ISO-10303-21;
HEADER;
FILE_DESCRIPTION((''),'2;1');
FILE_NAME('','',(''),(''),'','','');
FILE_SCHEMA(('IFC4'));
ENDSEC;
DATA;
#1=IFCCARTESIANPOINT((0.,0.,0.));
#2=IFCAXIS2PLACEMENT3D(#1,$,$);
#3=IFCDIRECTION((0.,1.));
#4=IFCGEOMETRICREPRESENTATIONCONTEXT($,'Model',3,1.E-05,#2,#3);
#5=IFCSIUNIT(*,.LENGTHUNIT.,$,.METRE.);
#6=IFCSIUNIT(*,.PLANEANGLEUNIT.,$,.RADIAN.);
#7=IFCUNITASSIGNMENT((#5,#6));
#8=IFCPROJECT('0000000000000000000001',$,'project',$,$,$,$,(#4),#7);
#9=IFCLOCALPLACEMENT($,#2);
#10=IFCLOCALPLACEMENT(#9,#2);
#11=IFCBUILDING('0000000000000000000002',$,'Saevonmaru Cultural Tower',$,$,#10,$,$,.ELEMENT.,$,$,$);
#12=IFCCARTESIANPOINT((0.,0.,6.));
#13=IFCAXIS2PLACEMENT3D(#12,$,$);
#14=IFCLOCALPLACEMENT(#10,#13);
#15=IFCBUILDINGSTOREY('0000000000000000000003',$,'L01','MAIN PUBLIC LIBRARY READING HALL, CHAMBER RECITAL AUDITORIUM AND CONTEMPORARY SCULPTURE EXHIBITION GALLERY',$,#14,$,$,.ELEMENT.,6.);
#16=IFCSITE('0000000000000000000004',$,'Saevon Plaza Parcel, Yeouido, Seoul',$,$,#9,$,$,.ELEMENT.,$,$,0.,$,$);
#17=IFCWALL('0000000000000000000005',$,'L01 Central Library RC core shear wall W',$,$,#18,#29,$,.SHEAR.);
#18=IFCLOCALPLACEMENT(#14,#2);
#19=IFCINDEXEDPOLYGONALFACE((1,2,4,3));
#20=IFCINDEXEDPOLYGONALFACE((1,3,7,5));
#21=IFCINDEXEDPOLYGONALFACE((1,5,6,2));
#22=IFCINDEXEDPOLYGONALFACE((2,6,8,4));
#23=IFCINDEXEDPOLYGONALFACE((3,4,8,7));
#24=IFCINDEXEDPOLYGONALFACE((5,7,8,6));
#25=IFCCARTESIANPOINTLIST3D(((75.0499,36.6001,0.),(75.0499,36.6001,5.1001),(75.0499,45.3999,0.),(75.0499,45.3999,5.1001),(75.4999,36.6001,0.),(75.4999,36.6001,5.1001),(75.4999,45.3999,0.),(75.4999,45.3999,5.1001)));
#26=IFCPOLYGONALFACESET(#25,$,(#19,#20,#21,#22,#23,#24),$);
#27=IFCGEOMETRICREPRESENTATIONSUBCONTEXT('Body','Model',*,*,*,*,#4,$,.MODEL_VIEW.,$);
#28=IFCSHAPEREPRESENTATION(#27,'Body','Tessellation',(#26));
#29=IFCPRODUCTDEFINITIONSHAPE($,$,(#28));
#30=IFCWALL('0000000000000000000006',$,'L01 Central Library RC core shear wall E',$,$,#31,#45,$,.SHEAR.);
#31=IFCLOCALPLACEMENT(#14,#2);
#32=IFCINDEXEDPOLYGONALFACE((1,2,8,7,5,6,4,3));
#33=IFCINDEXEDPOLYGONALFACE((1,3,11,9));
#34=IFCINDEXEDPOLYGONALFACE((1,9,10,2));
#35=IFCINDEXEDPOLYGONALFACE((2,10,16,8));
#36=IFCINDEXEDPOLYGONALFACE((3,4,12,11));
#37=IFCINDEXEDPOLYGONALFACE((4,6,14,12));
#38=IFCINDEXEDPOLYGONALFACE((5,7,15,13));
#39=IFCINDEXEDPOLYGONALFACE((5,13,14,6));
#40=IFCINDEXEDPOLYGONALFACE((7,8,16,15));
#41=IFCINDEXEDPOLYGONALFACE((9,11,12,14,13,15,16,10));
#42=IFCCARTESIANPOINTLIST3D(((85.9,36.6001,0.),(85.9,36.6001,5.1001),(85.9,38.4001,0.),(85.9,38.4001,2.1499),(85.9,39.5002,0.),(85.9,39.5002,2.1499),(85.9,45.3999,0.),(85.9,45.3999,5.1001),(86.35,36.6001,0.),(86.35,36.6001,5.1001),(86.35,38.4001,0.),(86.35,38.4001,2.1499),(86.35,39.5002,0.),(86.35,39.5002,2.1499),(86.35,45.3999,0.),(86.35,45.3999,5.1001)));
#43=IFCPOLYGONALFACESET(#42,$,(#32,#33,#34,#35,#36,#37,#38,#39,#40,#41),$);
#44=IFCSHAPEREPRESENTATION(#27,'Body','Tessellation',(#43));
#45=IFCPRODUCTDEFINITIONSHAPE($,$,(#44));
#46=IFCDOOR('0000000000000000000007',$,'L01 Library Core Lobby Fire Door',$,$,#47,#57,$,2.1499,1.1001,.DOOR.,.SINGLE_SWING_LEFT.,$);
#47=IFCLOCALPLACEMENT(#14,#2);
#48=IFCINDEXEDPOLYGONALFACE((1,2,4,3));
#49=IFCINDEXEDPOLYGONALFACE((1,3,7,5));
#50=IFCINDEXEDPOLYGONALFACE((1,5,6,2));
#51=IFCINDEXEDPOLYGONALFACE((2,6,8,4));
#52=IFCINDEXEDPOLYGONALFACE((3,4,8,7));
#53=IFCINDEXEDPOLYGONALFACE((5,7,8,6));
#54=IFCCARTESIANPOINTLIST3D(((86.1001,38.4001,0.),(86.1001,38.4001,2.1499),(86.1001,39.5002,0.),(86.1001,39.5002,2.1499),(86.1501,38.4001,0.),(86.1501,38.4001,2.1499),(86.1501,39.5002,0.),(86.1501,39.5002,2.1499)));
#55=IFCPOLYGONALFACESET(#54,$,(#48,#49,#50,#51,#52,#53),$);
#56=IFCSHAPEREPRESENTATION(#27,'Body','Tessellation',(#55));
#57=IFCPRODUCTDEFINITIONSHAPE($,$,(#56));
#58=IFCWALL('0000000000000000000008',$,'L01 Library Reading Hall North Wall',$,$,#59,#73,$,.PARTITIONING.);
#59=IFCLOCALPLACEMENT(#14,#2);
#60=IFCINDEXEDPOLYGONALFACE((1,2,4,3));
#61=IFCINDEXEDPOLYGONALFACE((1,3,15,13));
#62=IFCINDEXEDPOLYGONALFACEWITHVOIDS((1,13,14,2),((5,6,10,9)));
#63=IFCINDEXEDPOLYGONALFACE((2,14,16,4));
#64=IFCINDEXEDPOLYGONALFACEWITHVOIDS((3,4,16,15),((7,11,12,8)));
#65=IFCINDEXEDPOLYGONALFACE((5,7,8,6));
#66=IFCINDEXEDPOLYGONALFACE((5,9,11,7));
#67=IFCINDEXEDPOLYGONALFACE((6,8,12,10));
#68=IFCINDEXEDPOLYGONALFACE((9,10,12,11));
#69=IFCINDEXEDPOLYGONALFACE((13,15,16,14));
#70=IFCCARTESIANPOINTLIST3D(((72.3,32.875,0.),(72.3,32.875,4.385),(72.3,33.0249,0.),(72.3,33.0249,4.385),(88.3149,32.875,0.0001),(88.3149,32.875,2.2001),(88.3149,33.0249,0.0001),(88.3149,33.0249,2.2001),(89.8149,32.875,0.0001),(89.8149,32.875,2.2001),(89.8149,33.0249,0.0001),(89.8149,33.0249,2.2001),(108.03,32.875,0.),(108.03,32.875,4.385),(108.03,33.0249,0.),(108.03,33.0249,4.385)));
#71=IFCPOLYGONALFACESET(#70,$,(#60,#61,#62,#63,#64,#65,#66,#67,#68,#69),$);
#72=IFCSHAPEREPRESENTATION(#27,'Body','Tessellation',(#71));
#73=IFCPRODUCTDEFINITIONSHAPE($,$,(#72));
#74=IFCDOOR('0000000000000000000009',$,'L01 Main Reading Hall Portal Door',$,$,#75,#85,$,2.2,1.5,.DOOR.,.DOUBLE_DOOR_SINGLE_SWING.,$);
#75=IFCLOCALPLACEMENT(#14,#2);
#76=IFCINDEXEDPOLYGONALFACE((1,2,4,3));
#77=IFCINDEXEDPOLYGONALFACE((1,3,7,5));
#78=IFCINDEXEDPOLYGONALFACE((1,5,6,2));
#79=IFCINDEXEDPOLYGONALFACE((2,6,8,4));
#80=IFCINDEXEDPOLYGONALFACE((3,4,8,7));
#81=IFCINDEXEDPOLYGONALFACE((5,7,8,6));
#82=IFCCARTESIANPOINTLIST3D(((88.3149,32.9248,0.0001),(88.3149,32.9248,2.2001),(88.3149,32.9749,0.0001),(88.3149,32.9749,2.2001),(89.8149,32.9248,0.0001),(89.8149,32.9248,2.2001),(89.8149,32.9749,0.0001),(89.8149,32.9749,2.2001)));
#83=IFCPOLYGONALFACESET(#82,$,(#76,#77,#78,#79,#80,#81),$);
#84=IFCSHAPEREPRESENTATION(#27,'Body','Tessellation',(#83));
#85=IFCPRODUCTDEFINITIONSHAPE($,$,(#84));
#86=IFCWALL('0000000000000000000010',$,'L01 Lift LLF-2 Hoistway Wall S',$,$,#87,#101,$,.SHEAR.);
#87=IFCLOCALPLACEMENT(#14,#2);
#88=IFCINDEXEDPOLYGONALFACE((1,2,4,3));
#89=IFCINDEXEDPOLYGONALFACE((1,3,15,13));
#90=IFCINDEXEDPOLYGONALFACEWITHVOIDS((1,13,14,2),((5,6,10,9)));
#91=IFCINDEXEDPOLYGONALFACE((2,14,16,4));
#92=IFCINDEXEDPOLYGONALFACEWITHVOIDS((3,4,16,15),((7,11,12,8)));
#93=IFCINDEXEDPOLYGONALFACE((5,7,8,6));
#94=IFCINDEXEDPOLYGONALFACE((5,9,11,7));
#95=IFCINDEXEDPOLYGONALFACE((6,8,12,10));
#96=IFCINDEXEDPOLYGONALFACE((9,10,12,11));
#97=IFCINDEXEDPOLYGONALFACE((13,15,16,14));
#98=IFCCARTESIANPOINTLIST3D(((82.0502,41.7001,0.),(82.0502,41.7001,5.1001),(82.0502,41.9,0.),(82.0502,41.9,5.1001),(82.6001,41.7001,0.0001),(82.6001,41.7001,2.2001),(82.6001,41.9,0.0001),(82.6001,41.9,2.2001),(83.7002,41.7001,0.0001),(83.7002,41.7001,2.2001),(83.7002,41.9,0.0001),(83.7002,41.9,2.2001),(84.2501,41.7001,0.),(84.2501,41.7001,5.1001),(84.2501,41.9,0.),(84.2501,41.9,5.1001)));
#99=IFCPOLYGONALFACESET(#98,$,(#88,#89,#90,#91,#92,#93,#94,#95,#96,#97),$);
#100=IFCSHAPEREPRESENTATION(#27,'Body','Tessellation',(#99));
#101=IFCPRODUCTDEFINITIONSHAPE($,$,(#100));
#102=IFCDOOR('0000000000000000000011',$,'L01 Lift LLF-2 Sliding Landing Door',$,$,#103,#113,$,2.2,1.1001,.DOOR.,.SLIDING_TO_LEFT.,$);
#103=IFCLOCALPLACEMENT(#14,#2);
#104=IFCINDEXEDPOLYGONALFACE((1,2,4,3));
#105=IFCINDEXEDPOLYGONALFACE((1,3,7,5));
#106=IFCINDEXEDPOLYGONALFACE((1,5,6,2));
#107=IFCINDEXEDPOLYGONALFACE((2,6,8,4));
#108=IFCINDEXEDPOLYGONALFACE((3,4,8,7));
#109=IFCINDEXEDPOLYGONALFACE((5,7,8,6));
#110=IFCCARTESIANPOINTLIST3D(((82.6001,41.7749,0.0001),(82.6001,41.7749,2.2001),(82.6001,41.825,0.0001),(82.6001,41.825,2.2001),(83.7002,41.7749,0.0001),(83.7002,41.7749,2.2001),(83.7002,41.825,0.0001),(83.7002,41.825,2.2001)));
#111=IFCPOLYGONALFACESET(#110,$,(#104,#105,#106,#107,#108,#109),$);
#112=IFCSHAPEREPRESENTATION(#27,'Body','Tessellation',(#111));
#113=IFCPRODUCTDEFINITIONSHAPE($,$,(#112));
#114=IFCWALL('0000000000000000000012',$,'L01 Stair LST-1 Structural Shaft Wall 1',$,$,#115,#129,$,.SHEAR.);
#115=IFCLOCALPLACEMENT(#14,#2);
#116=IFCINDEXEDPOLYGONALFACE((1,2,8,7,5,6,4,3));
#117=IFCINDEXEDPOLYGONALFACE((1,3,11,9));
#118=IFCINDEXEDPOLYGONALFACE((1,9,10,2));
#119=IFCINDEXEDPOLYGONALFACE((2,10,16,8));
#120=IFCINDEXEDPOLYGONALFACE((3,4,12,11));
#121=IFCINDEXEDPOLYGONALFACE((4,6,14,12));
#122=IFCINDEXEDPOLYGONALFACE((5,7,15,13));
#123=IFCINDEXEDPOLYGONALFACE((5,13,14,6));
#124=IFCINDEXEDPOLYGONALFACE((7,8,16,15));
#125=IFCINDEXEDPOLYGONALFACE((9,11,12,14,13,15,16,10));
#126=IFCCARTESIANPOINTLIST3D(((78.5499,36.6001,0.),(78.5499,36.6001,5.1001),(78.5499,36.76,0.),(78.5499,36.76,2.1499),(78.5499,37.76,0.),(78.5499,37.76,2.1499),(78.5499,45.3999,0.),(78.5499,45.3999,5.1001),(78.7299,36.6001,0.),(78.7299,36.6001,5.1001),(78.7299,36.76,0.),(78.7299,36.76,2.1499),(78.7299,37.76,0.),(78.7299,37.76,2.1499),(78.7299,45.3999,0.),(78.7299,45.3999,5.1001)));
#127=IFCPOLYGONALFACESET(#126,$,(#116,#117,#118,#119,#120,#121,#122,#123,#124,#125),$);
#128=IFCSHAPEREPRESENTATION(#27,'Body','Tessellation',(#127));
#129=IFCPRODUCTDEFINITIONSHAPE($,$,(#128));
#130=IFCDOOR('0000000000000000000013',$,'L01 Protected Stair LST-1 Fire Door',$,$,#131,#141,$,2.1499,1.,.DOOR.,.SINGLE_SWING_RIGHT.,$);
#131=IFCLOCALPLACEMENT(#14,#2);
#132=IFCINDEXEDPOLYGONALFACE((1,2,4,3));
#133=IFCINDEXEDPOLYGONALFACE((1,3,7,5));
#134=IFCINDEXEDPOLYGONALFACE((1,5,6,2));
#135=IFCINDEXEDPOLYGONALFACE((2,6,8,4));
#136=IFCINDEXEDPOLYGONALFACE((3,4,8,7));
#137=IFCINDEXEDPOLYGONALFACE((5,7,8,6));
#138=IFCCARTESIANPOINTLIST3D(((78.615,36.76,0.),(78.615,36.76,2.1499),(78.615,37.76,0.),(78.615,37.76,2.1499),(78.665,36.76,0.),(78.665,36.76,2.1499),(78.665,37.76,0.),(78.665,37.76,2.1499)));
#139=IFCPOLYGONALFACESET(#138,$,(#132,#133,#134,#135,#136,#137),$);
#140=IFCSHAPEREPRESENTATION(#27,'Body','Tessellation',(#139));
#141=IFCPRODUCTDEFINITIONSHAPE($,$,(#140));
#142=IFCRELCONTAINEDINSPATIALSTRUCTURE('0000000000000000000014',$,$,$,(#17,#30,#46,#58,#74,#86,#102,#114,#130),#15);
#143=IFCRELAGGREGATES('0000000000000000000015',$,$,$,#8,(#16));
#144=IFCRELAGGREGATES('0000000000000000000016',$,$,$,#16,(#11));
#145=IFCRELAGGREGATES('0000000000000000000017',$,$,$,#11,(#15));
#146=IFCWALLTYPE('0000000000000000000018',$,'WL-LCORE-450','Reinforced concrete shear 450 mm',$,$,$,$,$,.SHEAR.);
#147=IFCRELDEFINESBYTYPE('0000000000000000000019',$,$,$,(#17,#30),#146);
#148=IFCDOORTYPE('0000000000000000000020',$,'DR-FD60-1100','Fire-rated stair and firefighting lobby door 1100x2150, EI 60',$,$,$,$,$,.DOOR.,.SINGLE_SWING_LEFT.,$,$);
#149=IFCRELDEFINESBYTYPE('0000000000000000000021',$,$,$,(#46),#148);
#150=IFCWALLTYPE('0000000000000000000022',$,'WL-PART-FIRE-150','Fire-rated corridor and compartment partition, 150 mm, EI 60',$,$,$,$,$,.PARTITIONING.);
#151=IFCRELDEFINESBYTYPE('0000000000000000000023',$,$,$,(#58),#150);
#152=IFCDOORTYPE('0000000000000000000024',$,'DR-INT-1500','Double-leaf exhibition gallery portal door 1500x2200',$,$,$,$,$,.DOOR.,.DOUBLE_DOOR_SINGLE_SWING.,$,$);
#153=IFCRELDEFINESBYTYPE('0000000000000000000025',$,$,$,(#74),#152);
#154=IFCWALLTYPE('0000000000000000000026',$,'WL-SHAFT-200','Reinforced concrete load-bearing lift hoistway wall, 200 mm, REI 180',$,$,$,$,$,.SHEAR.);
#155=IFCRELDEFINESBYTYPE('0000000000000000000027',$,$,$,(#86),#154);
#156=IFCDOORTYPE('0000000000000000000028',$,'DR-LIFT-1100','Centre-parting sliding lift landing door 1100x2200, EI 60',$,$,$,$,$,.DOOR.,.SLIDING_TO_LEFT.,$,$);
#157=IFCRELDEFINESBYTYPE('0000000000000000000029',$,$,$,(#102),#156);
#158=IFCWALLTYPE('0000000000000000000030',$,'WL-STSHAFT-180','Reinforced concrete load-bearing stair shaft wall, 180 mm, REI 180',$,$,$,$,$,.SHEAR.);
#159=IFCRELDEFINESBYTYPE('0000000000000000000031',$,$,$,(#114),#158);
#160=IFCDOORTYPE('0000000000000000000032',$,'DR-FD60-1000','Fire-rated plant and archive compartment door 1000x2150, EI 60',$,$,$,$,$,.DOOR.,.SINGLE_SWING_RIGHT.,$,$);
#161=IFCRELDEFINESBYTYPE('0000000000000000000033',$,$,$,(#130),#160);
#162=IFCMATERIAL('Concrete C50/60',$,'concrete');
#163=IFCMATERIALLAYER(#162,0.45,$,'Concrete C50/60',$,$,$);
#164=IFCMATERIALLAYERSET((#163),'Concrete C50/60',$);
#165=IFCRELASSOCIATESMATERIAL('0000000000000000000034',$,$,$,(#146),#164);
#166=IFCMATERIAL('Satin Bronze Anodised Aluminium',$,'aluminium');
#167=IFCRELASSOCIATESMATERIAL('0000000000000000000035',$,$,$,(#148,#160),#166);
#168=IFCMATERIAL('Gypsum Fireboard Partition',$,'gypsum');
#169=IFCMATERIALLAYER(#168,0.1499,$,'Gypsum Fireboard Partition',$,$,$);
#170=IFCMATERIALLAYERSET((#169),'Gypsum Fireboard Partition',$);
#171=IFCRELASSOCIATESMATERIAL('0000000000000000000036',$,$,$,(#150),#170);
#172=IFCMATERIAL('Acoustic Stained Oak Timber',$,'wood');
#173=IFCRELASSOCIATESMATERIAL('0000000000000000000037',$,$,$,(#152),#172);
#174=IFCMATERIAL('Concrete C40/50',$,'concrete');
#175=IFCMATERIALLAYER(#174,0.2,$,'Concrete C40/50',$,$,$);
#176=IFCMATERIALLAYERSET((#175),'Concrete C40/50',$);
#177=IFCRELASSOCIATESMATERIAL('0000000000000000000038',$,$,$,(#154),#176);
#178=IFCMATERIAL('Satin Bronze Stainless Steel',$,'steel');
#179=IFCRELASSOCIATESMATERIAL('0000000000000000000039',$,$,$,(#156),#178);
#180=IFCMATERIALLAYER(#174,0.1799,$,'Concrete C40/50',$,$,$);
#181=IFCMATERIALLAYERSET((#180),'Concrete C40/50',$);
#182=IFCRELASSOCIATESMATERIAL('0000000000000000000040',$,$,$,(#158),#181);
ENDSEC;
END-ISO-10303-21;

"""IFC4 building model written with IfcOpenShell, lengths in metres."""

from ifc_helpers import new_model, si_unit, direction, frame, frame_2d, origin, place, context, subcontext, project, spatial, rectangle, extrude, material, layer, layer_set, type_object, element, fill, save


model = new_model("IFC4")

# Units and contexts
model_context = context("Model", 3, precision=1e-05, world=origin(), true_north=direction((0.0, 1.0)))
body_context = subcontext(model_context, "Body", "Model", "MODEL_VIEW")
ifc_project = project(units=[si_unit("LENGTHUNIT", "METRE"), si_unit("PLANEANGLEUNIT", "RADIAN")], contexts=[model_context])

# Site, building, storey
site_placement = place(None, origin())
site = spatial("IfcSite", under=ifc_project, at=site_placement, Name="Saevon Plaza Parcel, Yeouido, Seoul", CompositionType="ELEMENT", RefElevation=0.0)
building_placement = place(site_placement, origin())
building = spatial("IfcBuilding", under=site, at=building_placement, Name="Saevonmaru Cultural Tower", CompositionType="ELEMENT")
storey_placement = place(building_placement, frame((0.0, 0.0, 6.0)))
storey = spatial("IfcBuildingStorey", under=building, at=storey_placement, Name="L01", Description="MAIN PUBLIC LIBRARY READING HALL, CHAMBER RECITAL AUDITORIUM AND CONTEMPORARY SCULPTURE EXHIBITION GALLERY", CompositionType="ELEMENT", Elevation=6.0)

# Shared definitions
ifc_material_1 = material(Name="Satin Bronze Anodised Aluminium", Category="aluminium")

# Shared definitions
ifc_material_2 = material(Name="Gypsum Fireboard Partition", Category="gypsum")

# Wall
ifc_material_3 = material(Name="Concrete C50/60", Category="concrete")
ifc_layer_1 = layer(ifc_material_3, 0.45, Name="Concrete C50/60")
ifc_layer_set_1 = layer_set([ifc_layer_1], Name="Concrete C50/60")
wall_type_1 = type_object("IfcWallType", Name="WL-LCORE-450", Description="Reinforced concrete shear 450 mm", PredefinedType="SHEAR", material=ifc_layer_set_1)
wall_1_placement = place(storey_placement, frame((75.2749, 36.6001, 0.0), z_axis=(0.0, 0.0, 1.0), x_axis=(0.0, 1.0, 0.0)))
element("IfcWall", 1, at=wall_1_placement, inside=storey, type_object=wall_type_1, Name="L01 Central Library RC core shear wall W", PredefinedType="SHEAR", context=body_context, shape_type="SweptSolid", body=[
    extrude(rectangle(XDim=8.7998, YDim=0.45, at=frame_2d((4.3999, 0.0))), origin(), (0.0, 0.0, 1.0), 5.1001),
])

# Walls, openings, doors
wall_2_placement = place(storey_placement, frame((86.125, 36.6001, 0.0), z_axis=(0.0, 0.0, 1.0), x_axis=(0.0, 1.0, 0.0)))
wall_2 = element("IfcWall", 2, at=wall_2_placement, inside=storey, type_object=wall_type_1, Name="L01 Central Library RC core shear wall E", PredefinedType="SHEAR", context=body_context, shape_type="SweptSolid", body=[
    extrude(rectangle(XDim=8.7998, YDim=0.45, at=frame_2d((4.3999, 0.0))), origin(), (0.0, 0.0, 1.0), 5.1001),
])
opening_1_placement = place(wall_2_placement, frame((1.8, 0.0, 0.0)))
opening_1 = element("IfcOpeningElement", 3, at=opening_1_placement, cuts=wall_2, PredefinedType="OPENING", context=body_context, shape_type="SweptSolid", body=[
    extrude(rectangle(XDim=1.1001, YDim=2.1499, at=frame_2d((0.55, 1.075))), frame((0.0, 0.2349, 0.0), z_axis=(0.0, -1.0, 0.0), x_axis=(1.0, 0.0, 0.0)), (0.0, 0.0, 1.0), 0.47),
])
door_type_1 = type_object("IfcDoorType", Name="DR-FD60-1100", Description="Fire-rated stair and firefighting lobby door 1100x2150, EI 60", OperationType="SINGLE_SWING_LEFT", PredefinedType="DOOR", material=ifc_material_1)
door_1_placement = place(opening_1_placement, origin())
door_1 = element("IfcDoor", 4, at=door_1_placement, inside=storey, type_object=door_type_1, Name="L01 Library Core Lobby Fire Door", OperationType="SINGLE_SWING_LEFT", OverallHeight=2.1499, OverallWidth=1.1001, PredefinedType="DOOR", context=body_context, shape_type="SweptSolid", body=[
    extrude(rectangle(XDim=1.1001, YDim=2.1499, at=frame_2d((0.55, 1.075))), frame((0.0, 0.0249, 0.0), z_axis=(0.0, -1.0, 0.0), x_axis=(1.0, 0.0, 0.0)), (0.0, 0.0, 1.0), 0.05),
])
fill(opening_1, door_1)
ifc_layer_2 = layer(ifc_material_2, 0.1499, Name="Gypsum Fireboard Partition")
ifc_layer_set_2 = layer_set([ifc_layer_2], Name="Gypsum Fireboard Partition")
wall_type_2 = type_object("IfcWallType", Name="WL-PART-FIRE-150", Description="Fire-rated corridor and compartment partition, 150 mm, EI 60", PredefinedType="PARTITIONING", material=ifc_layer_set_2)
wall_3_placement = place(storey_placement, frame((72.3, 32.95, 0.0), z_axis=(0.0, 0.0, 1.0), x_axis=(1.0, 0.0, 0.0)))
wall_3 = element("IfcWall", 5, at=wall_3_placement, inside=storey, type_object=wall_type_2, Name="L01 Library Reading Hall North Wall", PredefinedType="PARTITIONING", context=body_context, shape_type="SweptSolid", body=[
    extrude(rectangle(XDim=35.73, YDim=0.1499, at=frame_2d((17.865, 0.0))), origin(), (0.0, 0.0, 1.0), 4.385),
])
opening_2_placement = place(wall_3_placement, frame((16.0149, 0.0, 0.0)))
opening_2 = element("IfcOpeningElement", 6, at=opening_2_placement, cuts=wall_3, PredefinedType="OPENING", context=body_context, shape_type="SweptSolid", body=[
    extrude(rectangle(XDim=1.5, YDim=2.2, at=frame_2d((0.75, 1.1001))), frame((0.0, 0.085, 0.0), z_axis=(0.0, -1.0, 0.0), x_axis=(1.0, 0.0, 0.0)), (0.0, 0.0, 1.0), 0.1699),
])
ifc_material_4 = material(Name="Acoustic Stained Oak Timber", Category="wood")
door_type_2 = type_object("IfcDoorType", Name="DR-INT-1500", Description="Double-leaf exhibition gallery portal door 1500x2200", OperationType="DOUBLE_DOOR_SINGLE_SWING", PredefinedType="DOOR", material=ifc_material_4)
door_2_placement = place(opening_2_placement, origin())
door_2 = element("IfcDoor", 7, at=door_2_placement, inside=storey, type_object=door_type_2, Name="L01 Main Reading Hall Portal Door", OperationType="DOUBLE_DOOR_SINGLE_SWING", OverallHeight=2.2, OverallWidth=1.5, PredefinedType="DOOR", context=body_context, shape_type="SweptSolid", body=[
    extrude(rectangle(XDim=1.5, YDim=2.2, at=frame_2d((0.75, 1.1001))), frame((0.0, 0.0249, 0.0), z_axis=(0.0, -1.0, 0.0), x_axis=(1.0, 0.0, 0.0)), (0.0, 0.0, 1.0), 0.05),
])
fill(opening_2, door_2)
ifc_material_5 = material(Name="Concrete C40/50", Category="concrete")
ifc_layer_3 = layer(ifc_material_5, 0.2, Name="Concrete C40/50")
ifc_layer_set_3 = layer_set([ifc_layer_3], Name="Concrete C40/50")
wall_type_3 = type_object("IfcWallType", Name="WL-SHAFT-200", Description="Reinforced concrete load-bearing lift hoistway wall, 200 mm, REI 180", PredefinedType="SHEAR", material=ifc_layer_set_3)
wall_4_placement = place(storey_placement, frame((82.05, 41.8, 0.0), z_axis=(0.0, 0.0, 1.0), x_axis=(1.0, 0.0, 0.0)))
wall_4 = element("IfcWall", 8, at=wall_4_placement, inside=storey, type_object=wall_type_3, Name="L01 Lift LLF-2 Hoistway Wall S", PredefinedType="SHEAR", context=body_context, shape_type="SweptSolid", body=[
    extrude(rectangle(XDim=2.2, YDim=0.2, at=frame_2d((1.1001, 0.0))), origin(), (0.0, 0.0, 1.0), 5.1001),
])
opening_3_placement = place(wall_4_placement, frame((0.55, 0.0, 0.0)))
opening_3 = element("IfcOpeningElement", 9, at=opening_3_placement, cuts=wall_4, PredefinedType="OPENING", context=body_context, shape_type="SweptSolid", body=[
    extrude(rectangle(XDim=1.1001, YDim=2.2, at=frame_2d((0.55, 1.1001))), frame((0.0, 0.1099, 0.0), z_axis=(0.0, -1.0, 0.0), x_axis=(1.0, 0.0, 0.0)), (0.0, 0.0, 1.0), 0.22),
])
ifc_material_6 = material(Name="Satin Bronze Stainless Steel", Category="steel")
door_type_3 = type_object("IfcDoorType", Name="DR-LIFT-1100", Description="Centre-parting sliding lift landing door 1100x2200, EI 60", OperationType="SLIDING_TO_LEFT", PredefinedType="DOOR", material=ifc_material_6)
door_3_placement = place(opening_3_placement, origin())
door_3 = element("IfcDoor", 10, at=door_3_placement, inside=storey, type_object=door_type_3, Name="L01 Lift LLF-2 Sliding Landing Door", OperationType="SLIDING_TO_LEFT", OverallHeight=2.2, OverallWidth=1.1001, PredefinedType="DOOR", context=body_context, shape_type="SweptSolid", body=[
    extrude(rectangle(XDim=1.1001, YDim=2.2, at=frame_2d((0.55, 1.1001))), frame((0.0, 0.0249, 0.0), z_axis=(0.0, -1.0, 0.0), x_axis=(1.0, 0.0, 0.0)), (0.0, 0.0, 1.0), 0.05),
])
fill(opening_3, door_3)
ifc_layer_4 = layer(ifc_material_5, 0.1799, Name="Concrete C40/50")
ifc_layer_set_4 = layer_set([ifc_layer_4], Name="Concrete C40/50")
wall_type_4 = type_object("IfcWallType", Name="WL-STSHAFT-180", Description="Reinforced concrete load-bearing stair shaft wall, 180 mm, REI 180", PredefinedType="SHEAR", material=ifc_layer_set_4)
wall_5_placement = place(storey_placement, frame((78.6399, 36.6001, 0.0), z_axis=(0.0, 0.0, 1.0), x_axis=(0.0, 1.0, 0.0)))
wall_5 = element("IfcWall", 11, at=wall_5_placement, inside=storey, type_object=wall_type_4, Name="L01 Stair LST-1 Structural Shaft Wall 1", PredefinedType="SHEAR", context=body_context, shape_type="SweptSolid", body=[
    extrude(rectangle(XDim=8.7998, YDim=0.1799, at=frame_2d((4.3999, 0.0))), origin(), (0.0, 0.0, 1.0), 5.1001),
])
opening_4_placement = place(wall_5_placement, frame((0.1599, 0.0, 0.0)))
opening_4 = element("IfcOpeningElement", 12, at=opening_4_placement, cuts=wall_5, PredefinedType="OPENING", context=body_context, shape_type="SweptSolid", body=[
    extrude(rectangle(XDim=1.0, YDim=2.1499, at=frame_2d((0.5, 1.075))), frame((0.0, 0.1001, 0.0), z_axis=(0.0, -1.0, 0.0), x_axis=(1.0, 0.0, 0.0)), (0.0, 0.0, 1.0), 0.2),
])
door_type_4 = type_object("IfcDoorType", Name="DR-FD60-1000", Description="Fire-rated plant and archive compartment door 1000x2150, EI 60", OperationType="SINGLE_SWING_RIGHT", PredefinedType="DOOR", material=ifc_material_1)
door_4_placement = place(opening_4_placement, origin())
door_4 = element("IfcDoor", 13, at=door_4_placement, inside=storey, type_object=door_type_4, Name="L01 Protected Stair LST-1 Fire Door", OperationType="SINGLE_SWING_RIGHT", OverallHeight=2.1499, OverallWidth=1.0, PredefinedType="DOOR", context=body_context, shape_type="SweptSolid", body=[
    extrude(rectangle(XDim=1.0, YDim=2.1499, at=frame_2d((0.5, 1.075))), frame((0.0, 0.0249, 0.0), z_axis=(0.0, -1.0, 0.0), x_axis=(1.0, 0.0, 0.0)), (0.0, 0.0, 1.0), 0.05),
])
fill(opening_4, door_4)

save(model, "model.ifc")
